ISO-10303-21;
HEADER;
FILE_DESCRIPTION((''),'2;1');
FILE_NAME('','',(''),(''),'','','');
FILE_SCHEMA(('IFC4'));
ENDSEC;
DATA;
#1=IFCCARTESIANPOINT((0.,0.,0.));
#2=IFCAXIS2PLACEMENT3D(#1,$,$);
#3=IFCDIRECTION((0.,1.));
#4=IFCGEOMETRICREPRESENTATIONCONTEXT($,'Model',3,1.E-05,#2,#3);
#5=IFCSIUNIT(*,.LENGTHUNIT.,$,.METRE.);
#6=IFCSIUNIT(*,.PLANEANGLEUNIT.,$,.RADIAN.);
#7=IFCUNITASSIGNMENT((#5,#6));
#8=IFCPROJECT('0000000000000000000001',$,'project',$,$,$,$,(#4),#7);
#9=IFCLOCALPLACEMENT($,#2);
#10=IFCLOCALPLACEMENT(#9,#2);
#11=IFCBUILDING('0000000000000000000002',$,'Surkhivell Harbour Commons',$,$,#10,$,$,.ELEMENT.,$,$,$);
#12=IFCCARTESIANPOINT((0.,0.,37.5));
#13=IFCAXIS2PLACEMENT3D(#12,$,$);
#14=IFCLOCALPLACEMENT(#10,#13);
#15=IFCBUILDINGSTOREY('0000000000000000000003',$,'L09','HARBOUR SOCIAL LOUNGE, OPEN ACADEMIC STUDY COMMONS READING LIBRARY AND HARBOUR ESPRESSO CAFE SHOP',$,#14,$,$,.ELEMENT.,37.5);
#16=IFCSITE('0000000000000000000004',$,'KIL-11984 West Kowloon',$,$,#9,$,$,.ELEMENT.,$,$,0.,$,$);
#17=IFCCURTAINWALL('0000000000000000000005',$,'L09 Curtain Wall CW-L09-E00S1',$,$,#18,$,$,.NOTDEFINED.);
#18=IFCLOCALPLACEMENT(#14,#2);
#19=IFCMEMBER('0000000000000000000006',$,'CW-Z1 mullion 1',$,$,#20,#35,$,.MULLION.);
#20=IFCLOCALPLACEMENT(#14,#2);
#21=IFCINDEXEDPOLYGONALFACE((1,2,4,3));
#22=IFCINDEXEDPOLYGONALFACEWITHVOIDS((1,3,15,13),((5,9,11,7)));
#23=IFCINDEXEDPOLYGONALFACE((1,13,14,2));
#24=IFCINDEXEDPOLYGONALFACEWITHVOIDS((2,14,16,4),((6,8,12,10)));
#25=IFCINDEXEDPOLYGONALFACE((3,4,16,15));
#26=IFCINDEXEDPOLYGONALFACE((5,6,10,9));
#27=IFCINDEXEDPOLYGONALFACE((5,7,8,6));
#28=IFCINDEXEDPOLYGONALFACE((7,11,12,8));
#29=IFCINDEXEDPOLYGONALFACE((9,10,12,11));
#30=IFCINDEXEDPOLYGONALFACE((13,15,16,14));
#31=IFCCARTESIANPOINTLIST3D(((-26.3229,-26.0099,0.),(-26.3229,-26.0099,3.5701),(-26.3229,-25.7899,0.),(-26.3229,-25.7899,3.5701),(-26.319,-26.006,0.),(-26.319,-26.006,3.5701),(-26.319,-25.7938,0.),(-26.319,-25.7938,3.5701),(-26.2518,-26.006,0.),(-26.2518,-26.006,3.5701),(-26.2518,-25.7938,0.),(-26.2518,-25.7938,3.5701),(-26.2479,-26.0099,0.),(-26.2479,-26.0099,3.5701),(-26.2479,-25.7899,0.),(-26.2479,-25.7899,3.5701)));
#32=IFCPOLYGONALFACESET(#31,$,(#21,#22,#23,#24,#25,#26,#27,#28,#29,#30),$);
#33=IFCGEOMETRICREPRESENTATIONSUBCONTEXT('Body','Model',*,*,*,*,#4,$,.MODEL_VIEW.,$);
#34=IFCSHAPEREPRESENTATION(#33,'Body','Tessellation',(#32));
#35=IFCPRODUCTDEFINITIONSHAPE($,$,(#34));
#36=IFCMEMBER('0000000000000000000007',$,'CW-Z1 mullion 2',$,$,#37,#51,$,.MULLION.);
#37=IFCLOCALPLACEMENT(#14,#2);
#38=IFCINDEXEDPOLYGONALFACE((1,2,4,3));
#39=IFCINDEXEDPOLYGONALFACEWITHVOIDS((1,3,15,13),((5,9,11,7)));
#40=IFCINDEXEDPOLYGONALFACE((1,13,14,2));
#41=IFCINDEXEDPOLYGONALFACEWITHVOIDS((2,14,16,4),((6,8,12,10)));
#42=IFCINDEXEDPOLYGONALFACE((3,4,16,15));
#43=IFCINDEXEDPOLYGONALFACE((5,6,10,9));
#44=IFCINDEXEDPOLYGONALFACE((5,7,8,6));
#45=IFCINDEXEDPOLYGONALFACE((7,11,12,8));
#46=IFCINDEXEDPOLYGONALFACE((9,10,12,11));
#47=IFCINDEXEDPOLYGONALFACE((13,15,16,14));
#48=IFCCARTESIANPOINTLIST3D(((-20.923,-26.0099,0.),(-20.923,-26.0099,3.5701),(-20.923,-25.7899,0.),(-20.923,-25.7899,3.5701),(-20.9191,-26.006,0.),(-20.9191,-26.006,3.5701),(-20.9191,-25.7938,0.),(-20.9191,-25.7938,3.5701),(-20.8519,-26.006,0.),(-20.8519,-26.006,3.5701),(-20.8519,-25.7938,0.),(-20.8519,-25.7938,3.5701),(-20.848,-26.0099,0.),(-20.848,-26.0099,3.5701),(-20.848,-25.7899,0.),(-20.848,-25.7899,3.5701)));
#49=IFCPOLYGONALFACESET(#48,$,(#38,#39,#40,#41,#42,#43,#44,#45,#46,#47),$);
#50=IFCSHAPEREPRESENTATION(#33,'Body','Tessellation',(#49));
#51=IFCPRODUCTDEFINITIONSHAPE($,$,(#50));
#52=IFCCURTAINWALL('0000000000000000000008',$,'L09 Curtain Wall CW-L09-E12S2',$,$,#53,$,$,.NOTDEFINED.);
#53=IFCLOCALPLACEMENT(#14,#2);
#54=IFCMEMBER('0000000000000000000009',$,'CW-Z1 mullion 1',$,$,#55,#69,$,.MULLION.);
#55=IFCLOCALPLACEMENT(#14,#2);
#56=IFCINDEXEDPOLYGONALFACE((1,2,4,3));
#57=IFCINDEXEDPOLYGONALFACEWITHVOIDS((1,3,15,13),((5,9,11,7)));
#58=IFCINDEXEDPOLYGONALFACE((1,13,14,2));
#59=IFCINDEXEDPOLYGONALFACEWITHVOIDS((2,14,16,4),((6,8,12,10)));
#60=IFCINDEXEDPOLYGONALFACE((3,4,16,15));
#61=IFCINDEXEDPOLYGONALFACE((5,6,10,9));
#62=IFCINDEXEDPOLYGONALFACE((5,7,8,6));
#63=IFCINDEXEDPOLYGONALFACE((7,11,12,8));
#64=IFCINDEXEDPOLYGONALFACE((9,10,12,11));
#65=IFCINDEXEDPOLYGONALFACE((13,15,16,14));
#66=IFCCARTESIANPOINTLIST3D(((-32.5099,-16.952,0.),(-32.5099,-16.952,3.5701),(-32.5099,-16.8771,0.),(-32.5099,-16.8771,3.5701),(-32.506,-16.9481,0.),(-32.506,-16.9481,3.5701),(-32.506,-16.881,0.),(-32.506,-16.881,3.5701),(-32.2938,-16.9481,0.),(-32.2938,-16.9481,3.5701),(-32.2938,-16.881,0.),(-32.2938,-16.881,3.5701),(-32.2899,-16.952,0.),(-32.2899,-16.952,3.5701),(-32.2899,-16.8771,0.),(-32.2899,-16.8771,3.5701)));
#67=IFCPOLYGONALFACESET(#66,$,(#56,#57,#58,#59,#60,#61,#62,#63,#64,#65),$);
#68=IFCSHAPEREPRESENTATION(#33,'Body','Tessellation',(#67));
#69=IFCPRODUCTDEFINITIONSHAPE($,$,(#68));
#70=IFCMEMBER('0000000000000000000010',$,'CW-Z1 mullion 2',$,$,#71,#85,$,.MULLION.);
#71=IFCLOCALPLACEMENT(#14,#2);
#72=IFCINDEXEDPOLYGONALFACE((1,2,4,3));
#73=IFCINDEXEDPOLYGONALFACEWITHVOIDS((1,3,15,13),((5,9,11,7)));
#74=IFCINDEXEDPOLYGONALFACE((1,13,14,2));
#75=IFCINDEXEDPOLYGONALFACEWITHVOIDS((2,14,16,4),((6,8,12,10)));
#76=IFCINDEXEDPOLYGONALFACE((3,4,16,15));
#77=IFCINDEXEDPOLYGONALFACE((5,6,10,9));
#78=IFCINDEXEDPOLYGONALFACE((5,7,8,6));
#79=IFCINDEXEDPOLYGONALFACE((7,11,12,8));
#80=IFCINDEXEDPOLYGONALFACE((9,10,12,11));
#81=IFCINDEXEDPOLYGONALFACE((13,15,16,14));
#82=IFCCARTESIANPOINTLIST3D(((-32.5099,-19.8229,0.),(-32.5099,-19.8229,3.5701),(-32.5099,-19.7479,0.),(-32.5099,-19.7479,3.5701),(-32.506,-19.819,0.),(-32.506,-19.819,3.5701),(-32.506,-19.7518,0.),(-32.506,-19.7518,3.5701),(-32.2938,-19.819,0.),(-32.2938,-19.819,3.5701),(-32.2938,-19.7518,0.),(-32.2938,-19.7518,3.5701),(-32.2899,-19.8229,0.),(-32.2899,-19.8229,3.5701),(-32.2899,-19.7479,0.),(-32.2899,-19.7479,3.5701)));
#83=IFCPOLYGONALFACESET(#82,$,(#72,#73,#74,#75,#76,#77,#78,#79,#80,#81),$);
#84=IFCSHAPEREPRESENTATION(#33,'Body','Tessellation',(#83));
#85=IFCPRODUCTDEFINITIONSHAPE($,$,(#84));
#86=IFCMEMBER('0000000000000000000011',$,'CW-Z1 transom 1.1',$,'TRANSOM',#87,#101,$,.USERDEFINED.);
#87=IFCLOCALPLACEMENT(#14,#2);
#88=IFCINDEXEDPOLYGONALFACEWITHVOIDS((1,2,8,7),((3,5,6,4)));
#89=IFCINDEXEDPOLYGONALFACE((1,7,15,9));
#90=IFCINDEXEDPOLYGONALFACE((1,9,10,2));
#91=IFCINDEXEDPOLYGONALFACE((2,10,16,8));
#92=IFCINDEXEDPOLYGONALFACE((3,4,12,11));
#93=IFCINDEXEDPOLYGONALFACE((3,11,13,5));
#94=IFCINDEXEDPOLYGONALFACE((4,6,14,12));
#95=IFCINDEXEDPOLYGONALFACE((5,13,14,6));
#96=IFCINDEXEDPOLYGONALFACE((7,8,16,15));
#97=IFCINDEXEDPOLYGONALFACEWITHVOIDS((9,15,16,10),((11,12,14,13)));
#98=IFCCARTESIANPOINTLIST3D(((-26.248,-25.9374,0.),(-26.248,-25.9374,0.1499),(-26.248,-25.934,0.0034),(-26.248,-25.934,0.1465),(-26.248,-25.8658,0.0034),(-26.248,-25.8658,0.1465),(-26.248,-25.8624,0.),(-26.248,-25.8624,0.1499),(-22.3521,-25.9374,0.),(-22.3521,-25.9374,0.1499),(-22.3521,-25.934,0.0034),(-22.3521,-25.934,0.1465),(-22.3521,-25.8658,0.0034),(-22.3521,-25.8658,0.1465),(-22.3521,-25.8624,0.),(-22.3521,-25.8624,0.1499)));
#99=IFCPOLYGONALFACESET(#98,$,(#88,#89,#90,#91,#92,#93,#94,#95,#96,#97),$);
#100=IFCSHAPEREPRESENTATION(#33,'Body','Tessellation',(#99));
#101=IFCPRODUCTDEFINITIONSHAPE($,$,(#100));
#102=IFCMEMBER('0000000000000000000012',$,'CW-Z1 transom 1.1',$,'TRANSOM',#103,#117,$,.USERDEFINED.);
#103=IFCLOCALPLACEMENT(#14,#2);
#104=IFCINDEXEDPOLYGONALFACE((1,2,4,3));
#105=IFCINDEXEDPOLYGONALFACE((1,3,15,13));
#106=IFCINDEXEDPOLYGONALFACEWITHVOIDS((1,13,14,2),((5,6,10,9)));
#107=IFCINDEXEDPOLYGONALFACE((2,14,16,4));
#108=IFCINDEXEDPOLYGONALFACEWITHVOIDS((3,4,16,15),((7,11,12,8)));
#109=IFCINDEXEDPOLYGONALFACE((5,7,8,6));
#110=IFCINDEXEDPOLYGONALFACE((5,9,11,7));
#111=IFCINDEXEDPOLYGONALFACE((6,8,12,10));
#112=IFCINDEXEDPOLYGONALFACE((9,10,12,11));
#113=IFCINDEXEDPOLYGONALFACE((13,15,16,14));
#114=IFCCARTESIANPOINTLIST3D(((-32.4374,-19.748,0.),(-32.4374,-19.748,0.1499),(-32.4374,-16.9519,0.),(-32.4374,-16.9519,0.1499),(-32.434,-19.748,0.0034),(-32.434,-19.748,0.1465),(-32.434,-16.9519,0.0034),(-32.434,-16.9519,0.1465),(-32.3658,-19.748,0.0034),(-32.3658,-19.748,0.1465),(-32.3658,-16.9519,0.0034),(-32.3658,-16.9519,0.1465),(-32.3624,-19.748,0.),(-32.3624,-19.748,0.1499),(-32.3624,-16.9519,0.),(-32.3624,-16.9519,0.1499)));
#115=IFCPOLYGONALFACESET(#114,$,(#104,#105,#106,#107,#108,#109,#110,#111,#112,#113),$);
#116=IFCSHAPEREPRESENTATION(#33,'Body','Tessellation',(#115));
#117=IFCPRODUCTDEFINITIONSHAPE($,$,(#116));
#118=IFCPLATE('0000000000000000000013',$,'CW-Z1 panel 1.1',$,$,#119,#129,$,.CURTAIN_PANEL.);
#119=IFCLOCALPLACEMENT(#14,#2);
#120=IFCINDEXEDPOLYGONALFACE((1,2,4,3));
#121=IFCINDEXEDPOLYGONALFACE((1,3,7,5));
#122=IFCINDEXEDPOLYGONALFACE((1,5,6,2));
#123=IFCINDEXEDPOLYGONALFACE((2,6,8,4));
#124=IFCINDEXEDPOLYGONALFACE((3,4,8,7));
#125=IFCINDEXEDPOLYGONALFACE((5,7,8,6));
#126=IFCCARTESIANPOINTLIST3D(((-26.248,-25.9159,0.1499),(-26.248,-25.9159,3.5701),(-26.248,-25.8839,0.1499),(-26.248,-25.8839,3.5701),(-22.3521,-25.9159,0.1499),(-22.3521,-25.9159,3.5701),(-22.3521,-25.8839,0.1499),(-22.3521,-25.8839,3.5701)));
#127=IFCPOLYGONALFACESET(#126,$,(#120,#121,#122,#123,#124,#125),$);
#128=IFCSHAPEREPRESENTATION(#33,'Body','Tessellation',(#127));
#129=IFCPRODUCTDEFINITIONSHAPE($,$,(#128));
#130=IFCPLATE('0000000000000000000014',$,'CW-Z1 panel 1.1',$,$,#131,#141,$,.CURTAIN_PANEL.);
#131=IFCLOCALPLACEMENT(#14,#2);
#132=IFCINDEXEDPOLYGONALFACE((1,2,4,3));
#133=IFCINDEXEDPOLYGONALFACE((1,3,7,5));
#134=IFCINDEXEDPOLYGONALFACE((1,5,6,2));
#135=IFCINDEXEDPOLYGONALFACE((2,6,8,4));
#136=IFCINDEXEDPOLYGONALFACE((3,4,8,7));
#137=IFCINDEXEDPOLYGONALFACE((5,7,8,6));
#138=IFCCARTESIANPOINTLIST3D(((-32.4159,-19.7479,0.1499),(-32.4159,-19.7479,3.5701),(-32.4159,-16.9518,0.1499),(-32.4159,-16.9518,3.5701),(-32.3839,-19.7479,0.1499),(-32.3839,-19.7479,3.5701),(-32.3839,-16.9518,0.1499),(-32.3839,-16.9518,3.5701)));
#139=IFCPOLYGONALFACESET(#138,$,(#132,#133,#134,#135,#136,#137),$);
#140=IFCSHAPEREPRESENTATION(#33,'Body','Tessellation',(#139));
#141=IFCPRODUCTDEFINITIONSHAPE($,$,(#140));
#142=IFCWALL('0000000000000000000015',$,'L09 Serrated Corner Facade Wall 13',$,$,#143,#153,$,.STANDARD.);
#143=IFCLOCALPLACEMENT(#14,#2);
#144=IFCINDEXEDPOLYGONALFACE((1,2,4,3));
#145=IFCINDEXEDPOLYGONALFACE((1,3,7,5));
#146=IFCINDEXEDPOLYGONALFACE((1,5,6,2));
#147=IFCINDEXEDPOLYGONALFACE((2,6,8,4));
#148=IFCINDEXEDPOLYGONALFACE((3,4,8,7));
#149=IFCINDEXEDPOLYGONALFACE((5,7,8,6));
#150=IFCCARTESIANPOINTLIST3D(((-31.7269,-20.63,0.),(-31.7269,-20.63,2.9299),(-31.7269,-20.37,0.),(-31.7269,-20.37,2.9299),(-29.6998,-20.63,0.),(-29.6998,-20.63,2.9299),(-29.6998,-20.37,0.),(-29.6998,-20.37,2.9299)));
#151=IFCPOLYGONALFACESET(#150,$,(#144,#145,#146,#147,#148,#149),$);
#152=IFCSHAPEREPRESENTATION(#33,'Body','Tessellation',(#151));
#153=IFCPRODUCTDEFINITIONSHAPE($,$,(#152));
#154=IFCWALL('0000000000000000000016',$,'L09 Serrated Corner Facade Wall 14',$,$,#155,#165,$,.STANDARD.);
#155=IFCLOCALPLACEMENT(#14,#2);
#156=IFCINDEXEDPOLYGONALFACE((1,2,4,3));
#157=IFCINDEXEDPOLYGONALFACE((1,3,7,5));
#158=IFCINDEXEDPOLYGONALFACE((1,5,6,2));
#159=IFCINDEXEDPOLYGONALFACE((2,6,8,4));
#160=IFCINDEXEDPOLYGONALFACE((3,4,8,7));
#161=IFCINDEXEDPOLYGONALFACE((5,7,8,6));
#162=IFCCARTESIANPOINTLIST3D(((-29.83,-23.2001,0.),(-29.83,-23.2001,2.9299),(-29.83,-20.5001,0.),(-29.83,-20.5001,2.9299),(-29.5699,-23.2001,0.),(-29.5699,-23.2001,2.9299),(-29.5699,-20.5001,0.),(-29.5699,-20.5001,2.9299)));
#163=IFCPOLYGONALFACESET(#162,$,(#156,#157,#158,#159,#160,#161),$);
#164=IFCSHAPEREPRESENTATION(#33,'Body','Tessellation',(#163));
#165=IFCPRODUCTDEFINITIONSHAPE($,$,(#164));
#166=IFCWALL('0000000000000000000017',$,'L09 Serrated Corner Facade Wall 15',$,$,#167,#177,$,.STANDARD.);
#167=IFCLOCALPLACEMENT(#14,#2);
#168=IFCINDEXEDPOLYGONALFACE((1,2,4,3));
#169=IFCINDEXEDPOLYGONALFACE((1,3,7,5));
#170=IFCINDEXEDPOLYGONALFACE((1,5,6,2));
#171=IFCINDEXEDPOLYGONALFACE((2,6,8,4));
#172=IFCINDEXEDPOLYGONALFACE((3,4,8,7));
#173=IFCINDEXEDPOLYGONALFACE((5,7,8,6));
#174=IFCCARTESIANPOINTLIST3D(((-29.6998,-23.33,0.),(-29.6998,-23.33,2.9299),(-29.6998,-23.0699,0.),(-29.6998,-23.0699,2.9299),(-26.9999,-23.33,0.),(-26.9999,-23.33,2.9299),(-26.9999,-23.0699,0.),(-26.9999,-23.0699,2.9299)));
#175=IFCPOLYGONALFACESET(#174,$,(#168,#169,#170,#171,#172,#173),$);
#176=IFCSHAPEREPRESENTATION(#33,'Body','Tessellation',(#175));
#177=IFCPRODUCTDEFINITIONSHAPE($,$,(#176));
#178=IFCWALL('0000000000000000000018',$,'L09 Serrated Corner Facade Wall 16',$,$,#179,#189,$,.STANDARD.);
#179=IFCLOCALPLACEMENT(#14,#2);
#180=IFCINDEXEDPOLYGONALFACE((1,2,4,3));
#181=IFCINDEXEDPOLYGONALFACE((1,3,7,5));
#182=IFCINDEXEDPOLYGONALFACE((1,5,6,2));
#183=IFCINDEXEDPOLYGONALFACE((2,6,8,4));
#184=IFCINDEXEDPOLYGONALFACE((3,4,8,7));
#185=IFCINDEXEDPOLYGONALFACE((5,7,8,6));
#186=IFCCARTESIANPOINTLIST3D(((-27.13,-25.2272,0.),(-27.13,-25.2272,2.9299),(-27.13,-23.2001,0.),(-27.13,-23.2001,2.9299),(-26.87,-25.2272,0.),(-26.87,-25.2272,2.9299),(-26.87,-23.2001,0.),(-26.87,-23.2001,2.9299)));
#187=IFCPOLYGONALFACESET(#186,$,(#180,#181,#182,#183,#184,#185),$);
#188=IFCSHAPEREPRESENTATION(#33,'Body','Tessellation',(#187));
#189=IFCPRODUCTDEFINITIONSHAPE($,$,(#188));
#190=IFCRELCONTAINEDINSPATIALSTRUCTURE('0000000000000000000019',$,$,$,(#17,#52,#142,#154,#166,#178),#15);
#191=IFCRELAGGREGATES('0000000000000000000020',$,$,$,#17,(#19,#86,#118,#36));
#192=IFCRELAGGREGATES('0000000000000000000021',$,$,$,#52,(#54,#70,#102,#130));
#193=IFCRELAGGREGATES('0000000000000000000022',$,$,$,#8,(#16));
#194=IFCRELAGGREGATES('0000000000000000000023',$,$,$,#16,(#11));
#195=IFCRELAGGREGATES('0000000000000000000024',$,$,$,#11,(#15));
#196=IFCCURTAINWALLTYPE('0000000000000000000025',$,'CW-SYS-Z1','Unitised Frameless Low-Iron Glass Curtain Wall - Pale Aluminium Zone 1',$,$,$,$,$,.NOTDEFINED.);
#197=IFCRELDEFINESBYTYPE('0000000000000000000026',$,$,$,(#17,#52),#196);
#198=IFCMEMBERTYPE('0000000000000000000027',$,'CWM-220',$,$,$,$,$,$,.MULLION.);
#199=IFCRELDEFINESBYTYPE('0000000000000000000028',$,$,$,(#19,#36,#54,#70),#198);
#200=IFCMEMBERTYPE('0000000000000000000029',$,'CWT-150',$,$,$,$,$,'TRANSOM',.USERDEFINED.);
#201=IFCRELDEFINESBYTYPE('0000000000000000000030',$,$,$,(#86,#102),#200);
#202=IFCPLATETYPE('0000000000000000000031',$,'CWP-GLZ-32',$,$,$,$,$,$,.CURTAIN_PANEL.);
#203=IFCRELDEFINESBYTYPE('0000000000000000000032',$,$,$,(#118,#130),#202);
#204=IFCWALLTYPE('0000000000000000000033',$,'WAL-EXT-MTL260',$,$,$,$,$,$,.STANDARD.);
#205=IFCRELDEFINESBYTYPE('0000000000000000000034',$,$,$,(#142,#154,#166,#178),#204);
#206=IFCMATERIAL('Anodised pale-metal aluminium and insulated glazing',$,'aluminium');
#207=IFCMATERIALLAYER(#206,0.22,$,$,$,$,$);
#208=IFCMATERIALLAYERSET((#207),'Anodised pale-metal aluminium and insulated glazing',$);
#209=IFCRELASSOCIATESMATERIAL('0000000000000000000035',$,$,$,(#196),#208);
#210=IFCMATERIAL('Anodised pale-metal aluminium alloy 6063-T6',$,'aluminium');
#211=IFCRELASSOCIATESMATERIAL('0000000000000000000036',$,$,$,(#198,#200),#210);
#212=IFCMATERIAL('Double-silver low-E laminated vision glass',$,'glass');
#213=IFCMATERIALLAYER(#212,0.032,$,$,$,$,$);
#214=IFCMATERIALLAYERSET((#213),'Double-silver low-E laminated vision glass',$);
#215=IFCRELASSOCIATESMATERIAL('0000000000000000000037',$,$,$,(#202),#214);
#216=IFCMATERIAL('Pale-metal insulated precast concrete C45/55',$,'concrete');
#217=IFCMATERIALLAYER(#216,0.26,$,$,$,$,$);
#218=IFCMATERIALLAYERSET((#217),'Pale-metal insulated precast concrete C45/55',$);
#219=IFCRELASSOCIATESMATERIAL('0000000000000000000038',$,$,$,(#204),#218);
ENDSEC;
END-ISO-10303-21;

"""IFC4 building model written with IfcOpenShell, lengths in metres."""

from ifc_helpers import new_model, si_unit, direction, frame, frame_2d, origin, origin_2d, place, context, subcontext, project, spatial, rectangle, hollow_rectangle, extrude, material, layer, layer_set, material_profile, profile_set, type_object, element, aggregate, save


model = new_model("IFC4")

# Units and contexts
model_context = context("Model", 3, precision=1e-05, world=origin(), true_north=direction((0.0, 1.0)))
body_context = subcontext(model_context, "Body", "Model", "MODEL_VIEW")
ifc_project = project(units=[si_unit("LENGTHUNIT", "METRE"), si_unit("PLANEANGLEUNIT", "RADIAN")], contexts=[model_context])

# Site, building, storey
site_placement = place(None, origin())
site = spatial("IfcSite", under=ifc_project, at=site_placement, Name="KIL-11984 West Kowloon", CompositionType="ELEMENT", RefElevation=0.0)
building_placement = place(site_placement, origin())
building = spatial("IfcBuilding", under=site, at=building_placement, Name="Surkhivell Harbour Commons", CompositionType="ELEMENT")
storey_placement = place(building_placement, frame((0.0, 0.0, 37.5)))
storey = spatial("IfcBuildingStorey", under=building, at=storey_placement, Name="L09", Description="HARBOUR SOCIAL LOUNGE, OPEN ACADEMIC STUDY COMMONS READING LIBRARY AND HARBOUR ESPRESSO CAFE SHOP", CompositionType="ELEMENT", Elevation=37.5)

# Curtain walls, members
ifc_material_1 = material(Name="Anodised pale-metal aluminium and insulated glazing", Category="aluminium")
ifc_layer_1 = layer(ifc_material_1, 0.22)
ifc_layer_set_1 = layer_set([ifc_layer_1], Name="Anodised pale-metal aluminium and insulated glazing")
curtain_wall_type = type_object("IfcCurtainWallType", Name="CW-SYS-Z1", Description="Unitised Frameless Low-Iron Glass Curtain Wall - Pale Aluminium Zone 1", PredefinedType="NOTDEFINED", material=ifc_layer_set_1)
curtain_wall_1_placement = place(storey_placement, origin())
curtain_wall_1 = element("IfcCurtainWall", 1, at=curtain_wall_1_placement, inside=storey, type_object=curtain_wall_type, Name="L09 Curtain Wall CW-L09-E00S1", PredefinedType="NOTDEFINED")
ifc_material_2 = material(Name="Anodised pale-metal aluminium alloy 6063-T6", Category="aluminium")
ifc_material_profile_1 = material_profile(ifc_material_2, hollow_rectangle(XDim=0.075, YDim=0.22, WallThickness=0.0039, at=origin_2d()), Name="ALU-MULL-75x220")
ifc_profile_set_1 = profile_set([ifc_material_profile_1], Name="Anodised pale-metal aluminium alloy 6063-T6")
member_type_1 = type_object("IfcMemberType", Name="CWM-220", PredefinedType="MULLION", material=ifc_profile_set_1)
member_1_placement = place(storey_placement, frame((-26.2854, -25.8999, 0.0), z_axis=(0.0, 0.0, 1.0), x_axis=(1.0, 0.0, 0.0)))
member_1 = element("IfcMember", 2, at=member_1_placement, type_object=member_type_1, Name="CW-Z1 mullion 1", PredefinedType="MULLION", context=body_context, shape_type="SweptSolid", body=[
    extrude(hollow_rectangle(XDim=0.075, YDim=0.22, WallThickness=0.0039, at=origin_2d()), origin(), (0.0, 0.0, 1.0), 3.5701),
])
member_2_placement = place(storey_placement, frame((-20.8855, -25.8999, 0.0), z_axis=(0.0, 0.0, 1.0), x_axis=(1.0, 0.0, 0.0)))
member_2 = element("IfcMember", 3, at=member_2_placement, type_object=member_type_1, Name="CW-Z1 mullion 2", PredefinedType="MULLION", context=body_context, shape_type="SweptSolid", body=[
    extrude(hollow_rectangle(XDim=0.075, YDim=0.22, WallThickness=0.0039, at=origin_2d()), origin(), (0.0, 0.0, 1.0), 3.5701),
])
curtain_wall_2_placement = place(storey_placement, origin())
curtain_wall_2 = element("IfcCurtainWall", 4, at=curtain_wall_2_placement, inside=storey, type_object=curtain_wall_type, Name="L09 Curtain Wall CW-L09-E12S2", PredefinedType="NOTDEFINED")
member_3_placement = place(storey_placement, frame((-32.3999, -16.9146, 0.0), z_axis=(0.0, 0.0, 1.0), x_axis=(0.0, -1.0, 0.0)))
member_3 = element("IfcMember", 5, at=member_3_placement, type_object=member_type_1, Name="CW-Z1 mullion 1", PredefinedType="MULLION", context=body_context, shape_type="SweptSolid", body=[
    extrude(hollow_rectangle(XDim=0.075, YDim=0.22, WallThickness=0.0039, at=origin_2d()), origin(), (0.0, 0.0, 1.0), 3.5701),
])
member_4_placement = place(storey_placement, frame((-32.3999, -19.7854, 0.0), z_axis=(0.0, 0.0, 1.0), x_axis=(0.0, -1.0, 0.0)))
member_4 = element("IfcMember", 6, at=member_4_placement, type_object=member_type_1, Name="CW-Z1 mullion 2", PredefinedType="MULLION", context=body_context, shape_type="SweptSolid", body=[
    extrude(hollow_rectangle(XDim=0.075, YDim=0.22, WallThickness=0.0039, at=origin_2d()), origin(), (0.0, 0.0, 1.0), 3.5701),
])

# Members
ifc_material_profile_2 = material_profile(ifc_material_2, hollow_rectangle(XDim=0.075, YDim=0.1499, WallThickness=0.0034, at=origin_2d()), Name="ALU-TRAN-75x150")
ifc_profile_set_2 = profile_set([ifc_material_profile_2], Name="Anodised pale-metal aluminium alloy 6063-T6")
member_type_2 = type_object("IfcMemberType", Name="CWT-150", ElementType="TRANSOM", PredefinedType="USERDEFINED", material=ifc_profile_set_2)
member_5_placement = place(storey_placement, frame((-26.248, -25.8999, 0.075), z_axis=(1.0, 0.0, 0.0), x_axis=(0.0, 1.0, 0.0)))
member_5 = element("IfcMember", 7, at=member_5_placement, type_object=member_type_2, Name="CW-Z1 transom 1.1", ObjectType="TRANSOM", PredefinedType="USERDEFINED", context=body_context, shape_type="SweptSolid", body=[
    extrude(hollow_rectangle(XDim=0.075, YDim=0.1499, WallThickness=0.0034, at=origin_2d()), origin(), (0.0, 0.0, 1.0), 3.896),
])
member_6_placement = place(storey_placement, frame((-32.3999, -16.9519, 0.075), z_axis=(0.0, -1.0, 0.0), x_axis=(1.0, 0.0, 0.0)))
member_6 = element("IfcMember", 8, at=member_6_placement, type_object=member_type_2, Name="CW-Z1 transom 1.1", ObjectType="TRANSOM", PredefinedType="USERDEFINED", context=body_context, shape_type="SweptSolid", body=[
    extrude(hollow_rectangle(XDim=0.075, YDim=0.1499, WallThickness=0.0034, at=origin_2d()), origin(), (0.0, 0.0, 1.0), 2.7961),
])

# Plates
ifc_material_3 = material(Name="Double-silver low-E laminated vision glass", Category="glass")
ifc_layer_2 = layer(ifc_material_3, 0.032)
ifc_layer_set_2 = layer_set([ifc_layer_2], Name="Double-silver low-E laminated vision glass")
plate_type = type_object("IfcPlateType", Name="CWP-GLZ-32", PredefinedType="CURTAIN_PANEL", material=ifc_layer_set_2)
plate_1_placement = place(storey_placement, frame((-26.248, -25.8999, 0.1499), z_axis=(0.0, 0.0, 1.0), x_axis=(1.0, 0.0, 0.0)))
plate_1 = element("IfcPlate", 9, at=plate_1_placement, type_object=plate_type, Name="CW-Z1 panel 1.1", PredefinedType="CURTAIN_PANEL", context=body_context, shape_type="SweptSolid", body=[
    extrude(rectangle(XDim=3.896, YDim=0.032, at=frame_2d((1.948, 0.0))), origin(), (0.0, 0.0, 1.0), 3.4202),
])
aggregate(curtain_wall_1, [member_1, member_5, plate_1, member_2])
plate_2_placement = place(storey_placement, frame((-32.3999, -16.9519, 0.1499), z_axis=(0.0, 0.0, 1.0), x_axis=(0.0, -1.0, 0.0)))
plate_2 = element("IfcPlate", 10, at=plate_2_placement, type_object=plate_type, Name="CW-Z1 panel 1.1", PredefinedType="CURTAIN_PANEL", context=body_context, shape_type="SweptSolid", body=[
    extrude(rectangle(XDim=2.7961, YDim=0.032, at=frame_2d((1.3979, 0.0))), origin(), (0.0, 0.0, 1.0), 3.4202),
])
aggregate(curtain_wall_2, [member_3, member_4, member_6, plate_2])

# Walls
ifc_material_4 = material(Name="Pale-metal insulated precast concrete C45/55", Category="concrete")
ifc_layer_3 = layer(ifc_material_4, 0.26)
ifc_layer_set_3 = layer_set([ifc_layer_3], Name="Pale-metal insulated precast concrete C45/55")
wall_type = type_object("IfcWallType", Name="WAL-EXT-MTL260", PredefinedType="STANDARD", material=ifc_layer_set_3)
wall_1_placement = place(storey_placement, frame((-31.7271, -20.5, 0.0), z_axis=(0.0, 0.0, 1.0), x_axis=(1.0, 0.0, 0.0)))
element("IfcWall", 11, at=wall_1_placement, inside=storey, type_object=wall_type, Name="L09 Serrated Corner Facade Wall 13", PredefinedType="STANDARD", context=body_context, shape_type="SweptSolid", body=[
    extrude(rectangle(XDim=2.0271, YDim=0.26, at=frame_2d((1.0137, 0.0))), origin(), (0.0, 0.0, 1.0), 2.9299),
])
for number, where, z_axis, x_axis, name in (
    (12, (-29.7, -20.5, 0.0), (0.0, 0.0, 1.0), (0.0, -1.0, 0.0), "L09 Serrated Corner Facade Wall 14"),
    (13, (-29.7, -23.2, 0.0), (0.0, 0.0, 1.0), (1.0, 0.0, 0.0), "L09 Serrated Corner Facade Wall 15"),
):
    element("IfcWall", number, at=place(storey_placement, frame(where, z_axis=z_axis, x_axis=x_axis)), inside=storey, type_object=wall_type, Name=name, PredefinedType="STANDARD", context=body_context, shape_type="SweptSolid", body=[
        extrude(rectangle(XDim=2.7, YDim=0.26, at=frame_2d((1.3501, 0.0))), origin(), (0.0, 0.0, 1.0), 2.9299),
    ])
wall_2_placement = place(storey_placement, frame((-27.0, -23.2, 0.0), z_axis=(0.0, 0.0, 1.0), x_axis=(0.0, -1.0, 0.0)))
element("IfcWall", 14, at=wall_2_placement, inside=storey, type_object=wall_type, Name="L09 Serrated Corner Facade Wall 16", PredefinedType="STANDARD", context=body_context, shape_type="SweptSolid", body=[
    extrude(rectangle(XDim=2.0271, YDim=0.26, at=frame_2d((1.0137, 0.0))), origin(), (0.0, 0.0, 1.0), 2.9299),
])

save(model, "model.ifc")
